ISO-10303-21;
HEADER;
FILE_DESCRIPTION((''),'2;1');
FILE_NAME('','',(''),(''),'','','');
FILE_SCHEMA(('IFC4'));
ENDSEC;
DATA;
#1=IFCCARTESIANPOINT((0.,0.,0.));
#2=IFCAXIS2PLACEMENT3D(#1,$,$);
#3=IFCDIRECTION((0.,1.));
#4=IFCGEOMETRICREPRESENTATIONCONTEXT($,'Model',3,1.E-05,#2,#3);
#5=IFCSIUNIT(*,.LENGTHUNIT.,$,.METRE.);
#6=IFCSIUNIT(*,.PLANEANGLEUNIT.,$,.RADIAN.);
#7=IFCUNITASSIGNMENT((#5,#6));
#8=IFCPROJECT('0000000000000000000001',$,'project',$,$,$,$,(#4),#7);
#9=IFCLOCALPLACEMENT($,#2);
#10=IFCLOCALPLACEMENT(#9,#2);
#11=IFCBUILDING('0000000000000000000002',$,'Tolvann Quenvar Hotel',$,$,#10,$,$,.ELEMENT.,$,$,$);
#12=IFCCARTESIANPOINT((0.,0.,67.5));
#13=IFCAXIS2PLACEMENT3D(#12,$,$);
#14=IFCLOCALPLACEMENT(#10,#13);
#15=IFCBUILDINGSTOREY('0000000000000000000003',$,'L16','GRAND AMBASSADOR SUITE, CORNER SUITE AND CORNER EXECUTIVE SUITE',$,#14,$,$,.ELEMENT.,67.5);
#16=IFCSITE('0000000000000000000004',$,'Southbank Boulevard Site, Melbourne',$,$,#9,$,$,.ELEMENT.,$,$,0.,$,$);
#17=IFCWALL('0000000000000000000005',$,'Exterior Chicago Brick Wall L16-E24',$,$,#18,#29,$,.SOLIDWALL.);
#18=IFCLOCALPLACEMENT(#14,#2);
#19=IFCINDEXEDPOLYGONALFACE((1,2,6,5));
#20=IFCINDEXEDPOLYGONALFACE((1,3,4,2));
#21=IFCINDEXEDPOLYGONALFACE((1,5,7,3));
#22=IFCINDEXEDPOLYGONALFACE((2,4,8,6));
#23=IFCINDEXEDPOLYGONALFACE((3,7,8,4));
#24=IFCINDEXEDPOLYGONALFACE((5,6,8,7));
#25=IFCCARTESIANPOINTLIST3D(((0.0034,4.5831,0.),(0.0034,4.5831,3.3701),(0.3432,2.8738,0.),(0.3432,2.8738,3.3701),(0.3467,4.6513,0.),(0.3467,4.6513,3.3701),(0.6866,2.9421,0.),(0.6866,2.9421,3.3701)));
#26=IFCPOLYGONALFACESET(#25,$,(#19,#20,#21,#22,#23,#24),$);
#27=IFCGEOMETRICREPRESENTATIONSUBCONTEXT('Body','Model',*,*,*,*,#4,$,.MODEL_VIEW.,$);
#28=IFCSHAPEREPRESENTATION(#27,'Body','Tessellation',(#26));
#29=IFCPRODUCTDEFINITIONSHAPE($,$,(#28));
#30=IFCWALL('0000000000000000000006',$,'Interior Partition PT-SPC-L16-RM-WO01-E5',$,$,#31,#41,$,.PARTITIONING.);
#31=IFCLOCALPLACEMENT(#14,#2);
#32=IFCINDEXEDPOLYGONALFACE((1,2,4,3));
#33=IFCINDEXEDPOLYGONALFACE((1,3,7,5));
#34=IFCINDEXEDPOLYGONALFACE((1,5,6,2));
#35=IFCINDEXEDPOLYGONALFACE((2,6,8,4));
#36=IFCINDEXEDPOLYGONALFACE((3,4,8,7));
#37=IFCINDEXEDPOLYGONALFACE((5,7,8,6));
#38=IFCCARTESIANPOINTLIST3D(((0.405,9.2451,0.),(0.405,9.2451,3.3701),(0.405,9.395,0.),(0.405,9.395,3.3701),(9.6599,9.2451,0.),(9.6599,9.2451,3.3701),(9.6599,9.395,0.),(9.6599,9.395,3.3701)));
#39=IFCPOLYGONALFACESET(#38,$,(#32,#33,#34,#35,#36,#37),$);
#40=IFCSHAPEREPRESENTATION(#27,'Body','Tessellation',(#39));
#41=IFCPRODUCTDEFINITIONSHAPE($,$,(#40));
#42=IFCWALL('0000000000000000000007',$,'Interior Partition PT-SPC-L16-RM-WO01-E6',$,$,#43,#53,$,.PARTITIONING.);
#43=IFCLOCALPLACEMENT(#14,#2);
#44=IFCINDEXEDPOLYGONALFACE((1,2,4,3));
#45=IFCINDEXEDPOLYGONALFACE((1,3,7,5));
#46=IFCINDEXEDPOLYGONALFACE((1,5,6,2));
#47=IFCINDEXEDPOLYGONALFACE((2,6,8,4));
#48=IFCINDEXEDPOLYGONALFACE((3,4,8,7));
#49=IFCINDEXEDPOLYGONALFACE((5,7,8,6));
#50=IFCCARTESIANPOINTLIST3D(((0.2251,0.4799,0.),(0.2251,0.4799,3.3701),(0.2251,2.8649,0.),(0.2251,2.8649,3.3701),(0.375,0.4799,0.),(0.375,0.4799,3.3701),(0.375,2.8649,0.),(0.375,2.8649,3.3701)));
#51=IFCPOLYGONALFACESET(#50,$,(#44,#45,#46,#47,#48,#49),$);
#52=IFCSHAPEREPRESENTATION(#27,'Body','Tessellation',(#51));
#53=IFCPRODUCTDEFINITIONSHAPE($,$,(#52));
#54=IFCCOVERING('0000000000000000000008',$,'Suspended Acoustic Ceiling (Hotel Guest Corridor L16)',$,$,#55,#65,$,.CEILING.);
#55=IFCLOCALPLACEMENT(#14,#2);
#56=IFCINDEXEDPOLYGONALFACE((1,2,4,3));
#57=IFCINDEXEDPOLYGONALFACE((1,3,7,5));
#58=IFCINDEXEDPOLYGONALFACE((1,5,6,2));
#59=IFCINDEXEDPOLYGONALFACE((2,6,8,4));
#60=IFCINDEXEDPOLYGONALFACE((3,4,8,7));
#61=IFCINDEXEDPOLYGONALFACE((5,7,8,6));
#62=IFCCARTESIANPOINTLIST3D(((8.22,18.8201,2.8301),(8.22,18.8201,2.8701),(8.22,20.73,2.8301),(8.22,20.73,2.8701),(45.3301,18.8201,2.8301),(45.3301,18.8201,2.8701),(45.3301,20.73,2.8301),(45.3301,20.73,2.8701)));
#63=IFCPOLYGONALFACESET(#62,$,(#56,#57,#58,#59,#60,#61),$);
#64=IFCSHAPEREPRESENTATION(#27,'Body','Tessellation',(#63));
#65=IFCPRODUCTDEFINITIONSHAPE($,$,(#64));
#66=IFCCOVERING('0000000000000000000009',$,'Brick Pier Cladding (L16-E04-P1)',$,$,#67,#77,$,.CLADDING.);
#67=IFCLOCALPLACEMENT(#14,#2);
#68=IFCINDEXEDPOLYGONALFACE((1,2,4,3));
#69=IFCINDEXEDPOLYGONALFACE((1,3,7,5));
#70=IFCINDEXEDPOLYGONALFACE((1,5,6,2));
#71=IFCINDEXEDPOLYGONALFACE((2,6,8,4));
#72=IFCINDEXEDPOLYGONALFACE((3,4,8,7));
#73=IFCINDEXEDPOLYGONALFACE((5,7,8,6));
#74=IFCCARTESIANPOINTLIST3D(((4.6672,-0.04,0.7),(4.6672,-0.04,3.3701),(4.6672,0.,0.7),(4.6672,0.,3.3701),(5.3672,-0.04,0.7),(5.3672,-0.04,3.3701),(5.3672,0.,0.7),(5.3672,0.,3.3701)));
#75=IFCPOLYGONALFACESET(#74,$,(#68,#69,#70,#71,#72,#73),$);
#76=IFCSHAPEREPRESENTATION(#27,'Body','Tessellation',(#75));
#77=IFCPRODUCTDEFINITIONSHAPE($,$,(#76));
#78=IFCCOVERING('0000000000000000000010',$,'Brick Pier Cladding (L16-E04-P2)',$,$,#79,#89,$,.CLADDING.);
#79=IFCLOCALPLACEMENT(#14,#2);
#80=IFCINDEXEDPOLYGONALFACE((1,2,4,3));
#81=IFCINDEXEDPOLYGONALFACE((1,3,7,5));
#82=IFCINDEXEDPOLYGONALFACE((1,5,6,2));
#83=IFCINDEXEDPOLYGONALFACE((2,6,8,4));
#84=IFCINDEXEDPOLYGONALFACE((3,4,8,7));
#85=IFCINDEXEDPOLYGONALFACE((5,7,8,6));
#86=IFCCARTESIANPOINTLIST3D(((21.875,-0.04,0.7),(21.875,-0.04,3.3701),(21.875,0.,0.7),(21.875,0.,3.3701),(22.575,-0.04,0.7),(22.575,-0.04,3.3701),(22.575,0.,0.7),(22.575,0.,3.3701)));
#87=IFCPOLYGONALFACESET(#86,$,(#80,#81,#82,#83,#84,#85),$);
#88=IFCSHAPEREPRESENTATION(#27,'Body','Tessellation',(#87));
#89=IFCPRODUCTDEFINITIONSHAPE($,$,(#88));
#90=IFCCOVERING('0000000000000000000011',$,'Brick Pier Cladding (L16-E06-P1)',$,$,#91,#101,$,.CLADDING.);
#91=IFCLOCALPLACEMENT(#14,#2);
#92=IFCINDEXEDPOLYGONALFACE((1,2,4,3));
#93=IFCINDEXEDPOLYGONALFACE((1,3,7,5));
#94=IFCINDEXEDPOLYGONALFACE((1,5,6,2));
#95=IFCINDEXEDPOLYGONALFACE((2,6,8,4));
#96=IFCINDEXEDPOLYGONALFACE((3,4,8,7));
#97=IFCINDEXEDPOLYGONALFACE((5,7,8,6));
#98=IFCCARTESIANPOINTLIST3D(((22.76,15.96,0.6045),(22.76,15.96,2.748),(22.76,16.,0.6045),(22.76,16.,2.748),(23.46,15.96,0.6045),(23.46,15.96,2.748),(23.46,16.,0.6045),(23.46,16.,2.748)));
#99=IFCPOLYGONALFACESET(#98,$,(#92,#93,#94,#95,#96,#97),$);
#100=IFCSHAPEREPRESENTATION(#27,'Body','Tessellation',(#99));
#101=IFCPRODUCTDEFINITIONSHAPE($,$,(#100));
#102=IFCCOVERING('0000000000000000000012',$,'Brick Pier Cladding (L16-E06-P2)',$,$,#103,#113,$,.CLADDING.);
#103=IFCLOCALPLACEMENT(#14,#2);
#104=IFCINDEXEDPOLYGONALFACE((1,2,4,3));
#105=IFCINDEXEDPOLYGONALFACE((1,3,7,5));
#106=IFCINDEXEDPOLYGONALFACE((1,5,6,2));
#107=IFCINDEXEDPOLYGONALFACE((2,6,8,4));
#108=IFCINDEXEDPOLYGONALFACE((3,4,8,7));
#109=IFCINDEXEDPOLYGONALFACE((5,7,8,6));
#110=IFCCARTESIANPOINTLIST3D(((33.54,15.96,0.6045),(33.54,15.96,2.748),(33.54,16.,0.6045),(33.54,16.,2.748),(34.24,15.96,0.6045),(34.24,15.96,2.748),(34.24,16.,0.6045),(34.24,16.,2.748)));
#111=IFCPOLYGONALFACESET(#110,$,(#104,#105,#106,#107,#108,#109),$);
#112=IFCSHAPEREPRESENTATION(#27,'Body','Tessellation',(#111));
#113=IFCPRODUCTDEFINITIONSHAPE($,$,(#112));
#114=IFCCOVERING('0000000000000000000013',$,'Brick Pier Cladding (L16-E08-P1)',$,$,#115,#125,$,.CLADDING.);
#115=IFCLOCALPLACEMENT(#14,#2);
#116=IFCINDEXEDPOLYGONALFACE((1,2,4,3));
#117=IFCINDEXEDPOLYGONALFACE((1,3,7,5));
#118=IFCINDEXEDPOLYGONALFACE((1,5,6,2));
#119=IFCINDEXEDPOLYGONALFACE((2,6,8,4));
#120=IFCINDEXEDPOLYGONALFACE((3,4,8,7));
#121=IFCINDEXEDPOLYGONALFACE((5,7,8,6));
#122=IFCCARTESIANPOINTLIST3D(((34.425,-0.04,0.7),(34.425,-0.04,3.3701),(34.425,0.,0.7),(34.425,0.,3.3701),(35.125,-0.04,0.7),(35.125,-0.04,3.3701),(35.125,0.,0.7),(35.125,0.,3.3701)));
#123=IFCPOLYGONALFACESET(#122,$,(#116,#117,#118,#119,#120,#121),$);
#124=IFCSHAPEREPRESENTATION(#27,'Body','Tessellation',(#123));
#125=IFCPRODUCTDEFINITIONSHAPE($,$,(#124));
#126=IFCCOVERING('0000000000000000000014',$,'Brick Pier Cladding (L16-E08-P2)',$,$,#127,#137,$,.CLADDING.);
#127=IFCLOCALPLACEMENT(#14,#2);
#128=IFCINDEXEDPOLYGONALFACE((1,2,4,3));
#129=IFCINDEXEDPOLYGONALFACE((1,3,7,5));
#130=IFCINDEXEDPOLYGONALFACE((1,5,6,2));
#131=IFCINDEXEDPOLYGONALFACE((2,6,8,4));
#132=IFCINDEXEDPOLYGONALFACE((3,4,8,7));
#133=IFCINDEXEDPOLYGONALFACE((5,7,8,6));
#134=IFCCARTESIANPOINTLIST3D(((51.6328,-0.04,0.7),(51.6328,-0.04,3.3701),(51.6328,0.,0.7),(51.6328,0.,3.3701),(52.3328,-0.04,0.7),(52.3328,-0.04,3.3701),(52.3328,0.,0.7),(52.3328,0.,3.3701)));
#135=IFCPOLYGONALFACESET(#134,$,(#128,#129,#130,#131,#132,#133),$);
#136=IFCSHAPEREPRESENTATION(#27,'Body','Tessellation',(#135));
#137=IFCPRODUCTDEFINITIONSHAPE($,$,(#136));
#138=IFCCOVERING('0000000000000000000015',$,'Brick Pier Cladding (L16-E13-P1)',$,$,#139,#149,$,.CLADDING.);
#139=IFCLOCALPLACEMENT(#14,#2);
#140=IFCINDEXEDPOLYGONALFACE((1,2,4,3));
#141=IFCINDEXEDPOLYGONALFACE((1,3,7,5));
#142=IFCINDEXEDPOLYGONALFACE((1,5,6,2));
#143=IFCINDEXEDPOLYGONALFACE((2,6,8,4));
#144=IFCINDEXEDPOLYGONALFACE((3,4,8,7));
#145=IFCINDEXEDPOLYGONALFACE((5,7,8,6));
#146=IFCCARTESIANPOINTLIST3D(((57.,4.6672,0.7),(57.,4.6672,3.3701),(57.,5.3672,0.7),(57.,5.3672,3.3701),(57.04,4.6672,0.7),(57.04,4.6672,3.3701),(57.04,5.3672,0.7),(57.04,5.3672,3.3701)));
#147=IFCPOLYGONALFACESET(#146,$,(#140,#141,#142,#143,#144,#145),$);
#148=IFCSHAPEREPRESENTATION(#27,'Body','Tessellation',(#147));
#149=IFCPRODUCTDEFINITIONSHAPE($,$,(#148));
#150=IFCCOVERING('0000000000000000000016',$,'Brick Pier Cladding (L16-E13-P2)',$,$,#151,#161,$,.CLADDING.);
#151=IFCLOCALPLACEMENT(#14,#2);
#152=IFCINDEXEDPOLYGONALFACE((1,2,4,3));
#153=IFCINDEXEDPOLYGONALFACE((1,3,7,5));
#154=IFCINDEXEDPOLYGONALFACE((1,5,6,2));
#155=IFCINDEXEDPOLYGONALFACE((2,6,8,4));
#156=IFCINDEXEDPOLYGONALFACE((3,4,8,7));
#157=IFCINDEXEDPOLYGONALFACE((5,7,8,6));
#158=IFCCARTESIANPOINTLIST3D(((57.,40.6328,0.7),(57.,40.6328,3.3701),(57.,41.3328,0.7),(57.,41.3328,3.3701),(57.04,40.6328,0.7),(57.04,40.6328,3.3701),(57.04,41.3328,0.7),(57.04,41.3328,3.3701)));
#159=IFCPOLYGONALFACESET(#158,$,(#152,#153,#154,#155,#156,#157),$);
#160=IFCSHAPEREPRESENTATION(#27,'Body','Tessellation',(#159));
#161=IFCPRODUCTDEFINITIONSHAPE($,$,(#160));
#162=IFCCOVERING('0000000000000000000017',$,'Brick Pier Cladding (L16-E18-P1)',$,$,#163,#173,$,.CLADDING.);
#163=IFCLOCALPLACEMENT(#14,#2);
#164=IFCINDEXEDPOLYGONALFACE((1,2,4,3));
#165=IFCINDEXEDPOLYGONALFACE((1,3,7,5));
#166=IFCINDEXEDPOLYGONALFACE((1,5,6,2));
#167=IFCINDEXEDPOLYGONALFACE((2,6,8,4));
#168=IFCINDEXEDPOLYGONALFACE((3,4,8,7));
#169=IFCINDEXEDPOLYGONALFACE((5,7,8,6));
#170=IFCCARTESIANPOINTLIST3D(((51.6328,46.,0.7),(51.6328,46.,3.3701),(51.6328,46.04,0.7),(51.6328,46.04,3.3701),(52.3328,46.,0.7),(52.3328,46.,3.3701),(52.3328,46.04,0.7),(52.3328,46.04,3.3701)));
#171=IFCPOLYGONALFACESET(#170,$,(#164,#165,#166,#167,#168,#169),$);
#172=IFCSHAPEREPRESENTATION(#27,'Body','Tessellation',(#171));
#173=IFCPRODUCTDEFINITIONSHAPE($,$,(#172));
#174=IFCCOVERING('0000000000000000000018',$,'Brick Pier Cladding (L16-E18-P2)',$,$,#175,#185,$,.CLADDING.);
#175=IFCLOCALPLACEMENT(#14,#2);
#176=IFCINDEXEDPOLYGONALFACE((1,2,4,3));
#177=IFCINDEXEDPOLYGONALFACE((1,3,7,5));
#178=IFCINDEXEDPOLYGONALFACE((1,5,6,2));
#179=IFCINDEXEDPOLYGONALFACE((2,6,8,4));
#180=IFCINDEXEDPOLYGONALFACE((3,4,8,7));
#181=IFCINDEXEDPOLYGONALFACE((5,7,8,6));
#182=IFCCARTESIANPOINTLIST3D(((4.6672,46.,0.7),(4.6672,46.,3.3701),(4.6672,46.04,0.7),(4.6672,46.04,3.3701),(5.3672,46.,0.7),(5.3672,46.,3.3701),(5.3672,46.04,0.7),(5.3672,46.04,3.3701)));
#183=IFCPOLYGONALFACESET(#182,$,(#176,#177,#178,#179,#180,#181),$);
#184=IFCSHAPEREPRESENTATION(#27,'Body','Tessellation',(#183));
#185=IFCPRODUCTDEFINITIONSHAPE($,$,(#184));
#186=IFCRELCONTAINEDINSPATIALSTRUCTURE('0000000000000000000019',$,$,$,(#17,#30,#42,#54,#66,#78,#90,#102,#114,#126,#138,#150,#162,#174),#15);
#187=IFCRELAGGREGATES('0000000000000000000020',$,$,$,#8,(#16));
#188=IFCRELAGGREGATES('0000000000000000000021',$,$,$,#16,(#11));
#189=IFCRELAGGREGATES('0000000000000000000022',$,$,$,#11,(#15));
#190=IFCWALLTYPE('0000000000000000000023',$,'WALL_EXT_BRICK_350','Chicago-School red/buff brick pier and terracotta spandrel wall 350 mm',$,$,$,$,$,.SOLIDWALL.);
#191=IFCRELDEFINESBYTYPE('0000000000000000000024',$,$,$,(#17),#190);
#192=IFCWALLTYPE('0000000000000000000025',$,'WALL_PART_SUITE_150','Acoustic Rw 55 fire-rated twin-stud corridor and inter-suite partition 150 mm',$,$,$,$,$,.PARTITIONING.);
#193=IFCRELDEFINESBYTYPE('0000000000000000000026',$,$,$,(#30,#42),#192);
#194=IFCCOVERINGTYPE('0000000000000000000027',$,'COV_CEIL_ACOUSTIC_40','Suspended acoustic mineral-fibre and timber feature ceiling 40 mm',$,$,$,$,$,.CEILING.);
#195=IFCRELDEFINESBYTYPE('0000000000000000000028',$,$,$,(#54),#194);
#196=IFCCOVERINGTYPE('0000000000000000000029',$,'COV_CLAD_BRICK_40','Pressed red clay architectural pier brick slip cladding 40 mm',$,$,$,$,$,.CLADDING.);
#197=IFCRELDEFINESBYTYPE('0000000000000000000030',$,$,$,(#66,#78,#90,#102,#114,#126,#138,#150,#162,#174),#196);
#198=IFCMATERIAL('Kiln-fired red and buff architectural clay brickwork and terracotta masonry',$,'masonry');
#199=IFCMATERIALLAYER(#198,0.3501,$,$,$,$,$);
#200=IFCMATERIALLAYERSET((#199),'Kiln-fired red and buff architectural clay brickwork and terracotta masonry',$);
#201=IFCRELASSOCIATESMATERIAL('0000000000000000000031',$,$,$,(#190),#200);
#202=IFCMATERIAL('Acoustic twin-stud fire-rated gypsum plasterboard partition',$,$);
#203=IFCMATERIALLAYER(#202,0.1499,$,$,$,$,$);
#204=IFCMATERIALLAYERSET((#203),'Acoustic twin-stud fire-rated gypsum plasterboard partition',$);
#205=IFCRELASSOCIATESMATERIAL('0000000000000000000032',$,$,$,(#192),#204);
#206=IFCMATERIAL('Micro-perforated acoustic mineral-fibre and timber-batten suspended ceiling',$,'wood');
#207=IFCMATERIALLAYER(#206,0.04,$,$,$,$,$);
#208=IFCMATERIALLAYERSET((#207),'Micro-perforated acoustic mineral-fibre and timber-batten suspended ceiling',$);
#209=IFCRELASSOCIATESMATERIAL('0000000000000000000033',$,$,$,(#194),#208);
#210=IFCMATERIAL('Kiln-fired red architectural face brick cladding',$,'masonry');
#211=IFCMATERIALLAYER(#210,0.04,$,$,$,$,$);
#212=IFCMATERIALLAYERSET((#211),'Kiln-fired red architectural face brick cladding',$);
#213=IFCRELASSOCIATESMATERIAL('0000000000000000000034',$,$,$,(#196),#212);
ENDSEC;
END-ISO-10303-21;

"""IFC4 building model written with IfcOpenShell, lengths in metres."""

from ifc_helpers import new_model, si_unit, direction, frame, frame_2d, origin, place, context, subcontext, project, spatial, polyline, rectangle, outline, extrude, material, layer, layer_set, type_object, element, save


model = new_model("IFC4")

# Units and contexts
model_context = context("Model", 3, precision=1e-05, world=origin(), true_north=direction((0.0, 1.0)))
body_context = subcontext(model_context, "Body", "Model", "MODEL_VIEW")
ifc_project = project(units=[si_unit("LENGTHUNIT", "METRE"), si_unit("PLANEANGLEUNIT", "RADIAN")], contexts=[model_context])

# Site, building, storey
site_placement = place(None, origin())
site = spatial("IfcSite", under=ifc_project, at=site_placement, Name="Southbank Boulevard Site, Melbourne", CompositionType="ELEMENT", RefElevation=0.0)
building_placement = place(site_placement, origin())
building = spatial("IfcBuilding", under=site, at=building_placement, Name="Tolvann Quenvar Hotel", CompositionType="ELEMENT")
storey_placement = place(building_placement, frame((0.0, 0.0, 67.5)))
storey = spatial("IfcBuildingStorey", under=building, at=storey_placement, Name="L16", Description="GRAND AMBASSADOR SUITE, CORNER SUITE AND CORNER EXECUTIVE SUITE", CompositionType="ELEMENT", Elevation=67.5)

# Walls
ifc_material_1 = material(Name="Kiln-fired red and buff architectural clay brickwork and terracotta masonry", Category="masonry")
ifc_layer_1 = layer(ifc_material_1, 0.3501)
ifc_layer_set_1 = layer_set([ifc_layer_1], Name="Kiln-fired red and buff architectural clay brickwork and terracotta masonry")
wall_type_1 = type_object("IfcWallType", Name="WALL_EXT_BRICK_350", Description="Chicago-School red/buff brick pier and terracotta spandrel wall 350 mm", PredefinedType="SOLIDWALL", material=ifc_layer_set_1)
wall_1_placement = place(storey_placement, frame((0.175, 4.6172, 0.0), z_axis=(0.0, 0.0, 1.0), x_axis=(0.195011, -0.980801, 0.0)))
element("IfcWall", 1, at=wall_1_placement, inside=storey, type_object=wall_type_1, Name="Exterior Chicago Brick Wall L16-E24", PredefinedType="SOLIDWALL", context=body_context, shape_type="SweptSolid", body=[
    extrude(rectangle(XDim=1.7427, YDim=0.3501, at=frame_2d((0.8713, 0.0))), origin(), (0.0, 0.0, 1.0), 3.3701),
])
ifc_material_2 = material(Name="Acoustic twin-stud fire-rated gypsum plasterboard partition")
ifc_layer_2 = layer(ifc_material_2, 0.1499)
ifc_layer_set_2 = layer_set([ifc_layer_2], Name="Acoustic twin-stud fire-rated gypsum plasterboard partition")
wall_type_2 = type_object("IfcWallType", Name="WALL_PART_SUITE_150", Description="Acoustic Rw 55 fire-rated twin-stud corridor and inter-suite partition 150 mm", PredefinedType="PARTITIONING", material=ifc_layer_set_2)
wall_2_placement = place(storey_placement, frame((0.405, 9.3201, 0.0), z_axis=(0.0, 0.0, 1.0), x_axis=(1.0, 0.0, 0.0)))
element("IfcWall", 2, at=wall_2_placement, inside=storey, type_object=wall_type_2, Name="Interior Partition PT-SPC-L16-RM-WO01-E5", PredefinedType="PARTITIONING", context=body_context, shape_type="SweptSolid", body=[
    extrude(rectangle(XDim=9.2549, YDim=0.1499, at=frame_2d((4.6274, 0.0))), origin(), (0.0, 0.0, 1.0), 3.3701),
])
wall_3_placement = place(storey_placement, frame((0.3, 0.48, 0.0), z_axis=(0.0, 0.0, 1.0), x_axis=(0.0, 1.0, 0.0)))
element("IfcWall", 3, at=wall_3_placement, inside=storey, type_object=wall_type_2, Name="Interior Partition PT-SPC-L16-RM-WO01-E6", PredefinedType="PARTITIONING", context=body_context, shape_type="SweptSolid", body=[
    extrude(rectangle(XDim=2.385, YDim=0.1499, at=frame_2d((1.1924, 0.0))), origin(), (0.0, 0.0, 1.0), 3.3701),
])

# Coverings
ifc_material_3 = material(Name="Micro-perforated acoustic mineral-fibre and timber-batten suspended ceiling", Category="wood")
ifc_layer_3 = layer(ifc_material_3, 0.04)
ifc_layer_set_3 = layer_set([ifc_layer_3], Name="Micro-perforated acoustic mineral-fibre and timber-batten suspended ceiling")
covering_type_1 = type_object("IfcCoveringType", Name="COV_CEIL_ACOUSTIC_40", Description="Suspended acoustic mineral-fibre and timber feature ceiling 40 mm", PredefinedType="CEILING", material=ifc_layer_set_3)
covering_1_placement = place(storey_placement, frame((0.0, 0.0, 2.8301)))
element("IfcCovering", 4, at=covering_1_placement, inside=storey, type_object=covering_type_1, Name="Suspended Acoustic Ceiling (Hotel Guest Corridor L16)", PredefinedType="CEILING", context=body_context, shape_type="SweptSolid", body=[
    extrude(outline(polyline([(8.22, 18.8201), (45.3301, 18.8201), (45.3301, 20.73), (8.22, 20.73), (8.22, 18.8201)])), origin(), (0.0, 0.0, 1.0), 0.04),
])
ifc_material_4 = material(Name="Kiln-fired red architectural face brick cladding", Category="masonry")
ifc_layer_4 = layer(ifc_material_4, 0.04)
ifc_layer_set_4 = layer_set([ifc_layer_4], Name="Kiln-fired red architectural face brick cladding")
covering_type_2 = type_object("IfcCoveringType", Name="COV_CLAD_BRICK_40", Description="Pressed red clay architectural pier brick slip cladding 40 mm", PredefinedType="CLADDING", material=ifc_layer_set_4)
covering_2_placement = place(storey_placement, frame((0.0, 0.0, 0.7)))
element("IfcCovering", 5, at=covering_2_placement, inside=storey, type_object=covering_type_2, Name="Brick Pier Cladding (L16-E04-P1)", PredefinedType="CLADDING", context=body_context, shape_type="SweptSolid", body=[
    extrude(outline(polyline([(4.6672, 0.0), (5.3672, 0.0), (5.3672, -0.04), (4.6672, -0.04), (4.6672, 0.0)])), origin(), (0.0, 0.0, 1.0), 2.6702),
])
covering_3_placement = place(storey_placement, frame((0.0, 0.0, 0.7)))
element("IfcCovering", 6, at=covering_3_placement, inside=storey, type_object=covering_type_2, Name="Brick Pier Cladding (L16-E04-P2)", PredefinedType="CLADDING", context=body_context, shape_type="SweptSolid", body=[
    extrude(outline(polyline([(21.875, 0.0), (22.575, 0.0), (22.575, -0.04), (21.875, -0.04), (21.875, 0.0)])), origin(), (0.0, 0.0, 1.0), 2.6702),
])
covering_4_placement = place(storey_placement, frame((0.0, 0.0, 0.6045)))
element("IfcCovering", 7, at=covering_4_placement, inside=storey, type_object=covering_type_2, Name="Brick Pier Cladding (L16-E06-P1)", PredefinedType="CLADDING", context=body_context, shape_type="SweptSolid", body=[
    extrude(outline(polyline([(22.76, 16.0), (23.46, 16.0), (23.46, 15.96), (22.76, 15.96), (22.76, 16.0)])), origin(), (0.0, 0.0, 1.0), 2.1436),
])
covering_5_placement = place(storey_placement, frame((0.0, 0.0, 0.6045)))
element("IfcCovering", 8, at=covering_5_placement, inside=storey, type_object=covering_type_2, Name="Brick Pier Cladding (L16-E06-P2)", PredefinedType="CLADDING", context=body_context, shape_type="SweptSolid", body=[
    extrude(outline(polyline([(33.54, 16.0), (34.24, 16.0), (34.24, 15.96), (33.54, 15.96), (33.54, 16.0)])), origin(), (0.0, 0.0, 1.0), 2.1436),
])
covering_6_placement = place(storey_placement, frame((0.0, 0.0, 0.7)))
element("IfcCovering", 9, at=covering_6_placement, inside=storey, type_object=covering_type_2, Name="Brick Pier Cladding (L16-E08-P1)", PredefinedType="CLADDING", context=body_context, shape_type="SweptSolid", body=[
    extrude(outline(polyline([(34.425, 0.0), (35.125, 0.0), (35.125, -0.04), (34.425, -0.04), (34.425, 0.0)])), origin(), (0.0, 0.0, 1.0), 2.6702),
])
covering_7_placement = place(storey_placement, frame((0.0, 0.0, 0.7)))
element("IfcCovering", 10, at=covering_7_placement, inside=storey, type_object=covering_type_2, Name="Brick Pier Cladding (L16-E08-P2)", PredefinedType="CLADDING", context=body_context, shape_type="SweptSolid", body=[
    extrude(outline(polyline([(51.6328, 0.0), (52.3328, 0.0), (52.3328, -0.04), (51.6328, -0.04), (51.6328, 0.0)])), origin(), (0.0, 0.0, 1.0), 2.6702),
])
covering_8_placement = place(storey_placement, frame((0.0, 0.0, 0.7)))
element("IfcCovering", 11, at=covering_8_placement, inside=storey, type_object=covering_type_2, Name="Brick Pier Cladding (L16-E13-P1)", PredefinedType="CLADDING", context=body_context, shape_type="SweptSolid", body=[
    extrude(outline(polyline([(57.0, 4.6672), (57.0, 5.3672), (57.04, 5.3672), (57.04, 4.6672), (57.0, 4.6672)])), origin(), (0.0, 0.0, 1.0), 2.6702),
])
covering_9_placement = place(storey_placement, frame((0.0, 0.0, 0.7)))
element("IfcCovering", 12, at=covering_9_placement, inside=storey, type_object=covering_type_2, Name="Brick Pier Cladding (L16-E13-P2)", PredefinedType="CLADDING", context=body_context, shape_type="SweptSolid", body=[
    extrude(outline(polyline([(57.0, 40.6328), (57.0, 41.3328), (57.04, 41.3328), (57.04, 40.6328), (57.0, 40.6328)])), origin(), (0.0, 0.0, 1.0), 2.6702),
])
covering_10_placement = place(storey_placement, frame((0.0, 0.0, 0.7)))
element("IfcCovering", 13, at=covering_10_placement, inside=storey, type_object=covering_type_2, Name="Brick Pier Cladding (L16-E18-P1)", PredefinedType="CLADDING", context=body_context, shape_type="SweptSolid", body=[
    extrude(outline(polyline([(52.3328, 46.0), (51.6328, 46.0), (51.6328, 46.04), (52.3328, 46.04), (52.3328, 46.0)])), origin(), (0.0, 0.0, 1.0), 2.6702),
])
covering_11_placement = place(storey_placement, frame((0.0, 0.0, 0.7)))
element("IfcCovering", 14, at=covering_11_placement, inside=storey, type_object=covering_type_2, Name="Brick Pier Cladding (L16-E18-P2)", PredefinedType="CLADDING", context=body_context, shape_type="SweptSolid", body=[
    extrude(outline(polyline([(5.3672, 46.0), (4.6672, 46.0), (4.6672, 46.04), (5.3672, 46.04), (5.3672, 46.0)])), origin(), (0.0, 0.0, 1.0), 2.6702),
])

save(model, "model.ifc")
